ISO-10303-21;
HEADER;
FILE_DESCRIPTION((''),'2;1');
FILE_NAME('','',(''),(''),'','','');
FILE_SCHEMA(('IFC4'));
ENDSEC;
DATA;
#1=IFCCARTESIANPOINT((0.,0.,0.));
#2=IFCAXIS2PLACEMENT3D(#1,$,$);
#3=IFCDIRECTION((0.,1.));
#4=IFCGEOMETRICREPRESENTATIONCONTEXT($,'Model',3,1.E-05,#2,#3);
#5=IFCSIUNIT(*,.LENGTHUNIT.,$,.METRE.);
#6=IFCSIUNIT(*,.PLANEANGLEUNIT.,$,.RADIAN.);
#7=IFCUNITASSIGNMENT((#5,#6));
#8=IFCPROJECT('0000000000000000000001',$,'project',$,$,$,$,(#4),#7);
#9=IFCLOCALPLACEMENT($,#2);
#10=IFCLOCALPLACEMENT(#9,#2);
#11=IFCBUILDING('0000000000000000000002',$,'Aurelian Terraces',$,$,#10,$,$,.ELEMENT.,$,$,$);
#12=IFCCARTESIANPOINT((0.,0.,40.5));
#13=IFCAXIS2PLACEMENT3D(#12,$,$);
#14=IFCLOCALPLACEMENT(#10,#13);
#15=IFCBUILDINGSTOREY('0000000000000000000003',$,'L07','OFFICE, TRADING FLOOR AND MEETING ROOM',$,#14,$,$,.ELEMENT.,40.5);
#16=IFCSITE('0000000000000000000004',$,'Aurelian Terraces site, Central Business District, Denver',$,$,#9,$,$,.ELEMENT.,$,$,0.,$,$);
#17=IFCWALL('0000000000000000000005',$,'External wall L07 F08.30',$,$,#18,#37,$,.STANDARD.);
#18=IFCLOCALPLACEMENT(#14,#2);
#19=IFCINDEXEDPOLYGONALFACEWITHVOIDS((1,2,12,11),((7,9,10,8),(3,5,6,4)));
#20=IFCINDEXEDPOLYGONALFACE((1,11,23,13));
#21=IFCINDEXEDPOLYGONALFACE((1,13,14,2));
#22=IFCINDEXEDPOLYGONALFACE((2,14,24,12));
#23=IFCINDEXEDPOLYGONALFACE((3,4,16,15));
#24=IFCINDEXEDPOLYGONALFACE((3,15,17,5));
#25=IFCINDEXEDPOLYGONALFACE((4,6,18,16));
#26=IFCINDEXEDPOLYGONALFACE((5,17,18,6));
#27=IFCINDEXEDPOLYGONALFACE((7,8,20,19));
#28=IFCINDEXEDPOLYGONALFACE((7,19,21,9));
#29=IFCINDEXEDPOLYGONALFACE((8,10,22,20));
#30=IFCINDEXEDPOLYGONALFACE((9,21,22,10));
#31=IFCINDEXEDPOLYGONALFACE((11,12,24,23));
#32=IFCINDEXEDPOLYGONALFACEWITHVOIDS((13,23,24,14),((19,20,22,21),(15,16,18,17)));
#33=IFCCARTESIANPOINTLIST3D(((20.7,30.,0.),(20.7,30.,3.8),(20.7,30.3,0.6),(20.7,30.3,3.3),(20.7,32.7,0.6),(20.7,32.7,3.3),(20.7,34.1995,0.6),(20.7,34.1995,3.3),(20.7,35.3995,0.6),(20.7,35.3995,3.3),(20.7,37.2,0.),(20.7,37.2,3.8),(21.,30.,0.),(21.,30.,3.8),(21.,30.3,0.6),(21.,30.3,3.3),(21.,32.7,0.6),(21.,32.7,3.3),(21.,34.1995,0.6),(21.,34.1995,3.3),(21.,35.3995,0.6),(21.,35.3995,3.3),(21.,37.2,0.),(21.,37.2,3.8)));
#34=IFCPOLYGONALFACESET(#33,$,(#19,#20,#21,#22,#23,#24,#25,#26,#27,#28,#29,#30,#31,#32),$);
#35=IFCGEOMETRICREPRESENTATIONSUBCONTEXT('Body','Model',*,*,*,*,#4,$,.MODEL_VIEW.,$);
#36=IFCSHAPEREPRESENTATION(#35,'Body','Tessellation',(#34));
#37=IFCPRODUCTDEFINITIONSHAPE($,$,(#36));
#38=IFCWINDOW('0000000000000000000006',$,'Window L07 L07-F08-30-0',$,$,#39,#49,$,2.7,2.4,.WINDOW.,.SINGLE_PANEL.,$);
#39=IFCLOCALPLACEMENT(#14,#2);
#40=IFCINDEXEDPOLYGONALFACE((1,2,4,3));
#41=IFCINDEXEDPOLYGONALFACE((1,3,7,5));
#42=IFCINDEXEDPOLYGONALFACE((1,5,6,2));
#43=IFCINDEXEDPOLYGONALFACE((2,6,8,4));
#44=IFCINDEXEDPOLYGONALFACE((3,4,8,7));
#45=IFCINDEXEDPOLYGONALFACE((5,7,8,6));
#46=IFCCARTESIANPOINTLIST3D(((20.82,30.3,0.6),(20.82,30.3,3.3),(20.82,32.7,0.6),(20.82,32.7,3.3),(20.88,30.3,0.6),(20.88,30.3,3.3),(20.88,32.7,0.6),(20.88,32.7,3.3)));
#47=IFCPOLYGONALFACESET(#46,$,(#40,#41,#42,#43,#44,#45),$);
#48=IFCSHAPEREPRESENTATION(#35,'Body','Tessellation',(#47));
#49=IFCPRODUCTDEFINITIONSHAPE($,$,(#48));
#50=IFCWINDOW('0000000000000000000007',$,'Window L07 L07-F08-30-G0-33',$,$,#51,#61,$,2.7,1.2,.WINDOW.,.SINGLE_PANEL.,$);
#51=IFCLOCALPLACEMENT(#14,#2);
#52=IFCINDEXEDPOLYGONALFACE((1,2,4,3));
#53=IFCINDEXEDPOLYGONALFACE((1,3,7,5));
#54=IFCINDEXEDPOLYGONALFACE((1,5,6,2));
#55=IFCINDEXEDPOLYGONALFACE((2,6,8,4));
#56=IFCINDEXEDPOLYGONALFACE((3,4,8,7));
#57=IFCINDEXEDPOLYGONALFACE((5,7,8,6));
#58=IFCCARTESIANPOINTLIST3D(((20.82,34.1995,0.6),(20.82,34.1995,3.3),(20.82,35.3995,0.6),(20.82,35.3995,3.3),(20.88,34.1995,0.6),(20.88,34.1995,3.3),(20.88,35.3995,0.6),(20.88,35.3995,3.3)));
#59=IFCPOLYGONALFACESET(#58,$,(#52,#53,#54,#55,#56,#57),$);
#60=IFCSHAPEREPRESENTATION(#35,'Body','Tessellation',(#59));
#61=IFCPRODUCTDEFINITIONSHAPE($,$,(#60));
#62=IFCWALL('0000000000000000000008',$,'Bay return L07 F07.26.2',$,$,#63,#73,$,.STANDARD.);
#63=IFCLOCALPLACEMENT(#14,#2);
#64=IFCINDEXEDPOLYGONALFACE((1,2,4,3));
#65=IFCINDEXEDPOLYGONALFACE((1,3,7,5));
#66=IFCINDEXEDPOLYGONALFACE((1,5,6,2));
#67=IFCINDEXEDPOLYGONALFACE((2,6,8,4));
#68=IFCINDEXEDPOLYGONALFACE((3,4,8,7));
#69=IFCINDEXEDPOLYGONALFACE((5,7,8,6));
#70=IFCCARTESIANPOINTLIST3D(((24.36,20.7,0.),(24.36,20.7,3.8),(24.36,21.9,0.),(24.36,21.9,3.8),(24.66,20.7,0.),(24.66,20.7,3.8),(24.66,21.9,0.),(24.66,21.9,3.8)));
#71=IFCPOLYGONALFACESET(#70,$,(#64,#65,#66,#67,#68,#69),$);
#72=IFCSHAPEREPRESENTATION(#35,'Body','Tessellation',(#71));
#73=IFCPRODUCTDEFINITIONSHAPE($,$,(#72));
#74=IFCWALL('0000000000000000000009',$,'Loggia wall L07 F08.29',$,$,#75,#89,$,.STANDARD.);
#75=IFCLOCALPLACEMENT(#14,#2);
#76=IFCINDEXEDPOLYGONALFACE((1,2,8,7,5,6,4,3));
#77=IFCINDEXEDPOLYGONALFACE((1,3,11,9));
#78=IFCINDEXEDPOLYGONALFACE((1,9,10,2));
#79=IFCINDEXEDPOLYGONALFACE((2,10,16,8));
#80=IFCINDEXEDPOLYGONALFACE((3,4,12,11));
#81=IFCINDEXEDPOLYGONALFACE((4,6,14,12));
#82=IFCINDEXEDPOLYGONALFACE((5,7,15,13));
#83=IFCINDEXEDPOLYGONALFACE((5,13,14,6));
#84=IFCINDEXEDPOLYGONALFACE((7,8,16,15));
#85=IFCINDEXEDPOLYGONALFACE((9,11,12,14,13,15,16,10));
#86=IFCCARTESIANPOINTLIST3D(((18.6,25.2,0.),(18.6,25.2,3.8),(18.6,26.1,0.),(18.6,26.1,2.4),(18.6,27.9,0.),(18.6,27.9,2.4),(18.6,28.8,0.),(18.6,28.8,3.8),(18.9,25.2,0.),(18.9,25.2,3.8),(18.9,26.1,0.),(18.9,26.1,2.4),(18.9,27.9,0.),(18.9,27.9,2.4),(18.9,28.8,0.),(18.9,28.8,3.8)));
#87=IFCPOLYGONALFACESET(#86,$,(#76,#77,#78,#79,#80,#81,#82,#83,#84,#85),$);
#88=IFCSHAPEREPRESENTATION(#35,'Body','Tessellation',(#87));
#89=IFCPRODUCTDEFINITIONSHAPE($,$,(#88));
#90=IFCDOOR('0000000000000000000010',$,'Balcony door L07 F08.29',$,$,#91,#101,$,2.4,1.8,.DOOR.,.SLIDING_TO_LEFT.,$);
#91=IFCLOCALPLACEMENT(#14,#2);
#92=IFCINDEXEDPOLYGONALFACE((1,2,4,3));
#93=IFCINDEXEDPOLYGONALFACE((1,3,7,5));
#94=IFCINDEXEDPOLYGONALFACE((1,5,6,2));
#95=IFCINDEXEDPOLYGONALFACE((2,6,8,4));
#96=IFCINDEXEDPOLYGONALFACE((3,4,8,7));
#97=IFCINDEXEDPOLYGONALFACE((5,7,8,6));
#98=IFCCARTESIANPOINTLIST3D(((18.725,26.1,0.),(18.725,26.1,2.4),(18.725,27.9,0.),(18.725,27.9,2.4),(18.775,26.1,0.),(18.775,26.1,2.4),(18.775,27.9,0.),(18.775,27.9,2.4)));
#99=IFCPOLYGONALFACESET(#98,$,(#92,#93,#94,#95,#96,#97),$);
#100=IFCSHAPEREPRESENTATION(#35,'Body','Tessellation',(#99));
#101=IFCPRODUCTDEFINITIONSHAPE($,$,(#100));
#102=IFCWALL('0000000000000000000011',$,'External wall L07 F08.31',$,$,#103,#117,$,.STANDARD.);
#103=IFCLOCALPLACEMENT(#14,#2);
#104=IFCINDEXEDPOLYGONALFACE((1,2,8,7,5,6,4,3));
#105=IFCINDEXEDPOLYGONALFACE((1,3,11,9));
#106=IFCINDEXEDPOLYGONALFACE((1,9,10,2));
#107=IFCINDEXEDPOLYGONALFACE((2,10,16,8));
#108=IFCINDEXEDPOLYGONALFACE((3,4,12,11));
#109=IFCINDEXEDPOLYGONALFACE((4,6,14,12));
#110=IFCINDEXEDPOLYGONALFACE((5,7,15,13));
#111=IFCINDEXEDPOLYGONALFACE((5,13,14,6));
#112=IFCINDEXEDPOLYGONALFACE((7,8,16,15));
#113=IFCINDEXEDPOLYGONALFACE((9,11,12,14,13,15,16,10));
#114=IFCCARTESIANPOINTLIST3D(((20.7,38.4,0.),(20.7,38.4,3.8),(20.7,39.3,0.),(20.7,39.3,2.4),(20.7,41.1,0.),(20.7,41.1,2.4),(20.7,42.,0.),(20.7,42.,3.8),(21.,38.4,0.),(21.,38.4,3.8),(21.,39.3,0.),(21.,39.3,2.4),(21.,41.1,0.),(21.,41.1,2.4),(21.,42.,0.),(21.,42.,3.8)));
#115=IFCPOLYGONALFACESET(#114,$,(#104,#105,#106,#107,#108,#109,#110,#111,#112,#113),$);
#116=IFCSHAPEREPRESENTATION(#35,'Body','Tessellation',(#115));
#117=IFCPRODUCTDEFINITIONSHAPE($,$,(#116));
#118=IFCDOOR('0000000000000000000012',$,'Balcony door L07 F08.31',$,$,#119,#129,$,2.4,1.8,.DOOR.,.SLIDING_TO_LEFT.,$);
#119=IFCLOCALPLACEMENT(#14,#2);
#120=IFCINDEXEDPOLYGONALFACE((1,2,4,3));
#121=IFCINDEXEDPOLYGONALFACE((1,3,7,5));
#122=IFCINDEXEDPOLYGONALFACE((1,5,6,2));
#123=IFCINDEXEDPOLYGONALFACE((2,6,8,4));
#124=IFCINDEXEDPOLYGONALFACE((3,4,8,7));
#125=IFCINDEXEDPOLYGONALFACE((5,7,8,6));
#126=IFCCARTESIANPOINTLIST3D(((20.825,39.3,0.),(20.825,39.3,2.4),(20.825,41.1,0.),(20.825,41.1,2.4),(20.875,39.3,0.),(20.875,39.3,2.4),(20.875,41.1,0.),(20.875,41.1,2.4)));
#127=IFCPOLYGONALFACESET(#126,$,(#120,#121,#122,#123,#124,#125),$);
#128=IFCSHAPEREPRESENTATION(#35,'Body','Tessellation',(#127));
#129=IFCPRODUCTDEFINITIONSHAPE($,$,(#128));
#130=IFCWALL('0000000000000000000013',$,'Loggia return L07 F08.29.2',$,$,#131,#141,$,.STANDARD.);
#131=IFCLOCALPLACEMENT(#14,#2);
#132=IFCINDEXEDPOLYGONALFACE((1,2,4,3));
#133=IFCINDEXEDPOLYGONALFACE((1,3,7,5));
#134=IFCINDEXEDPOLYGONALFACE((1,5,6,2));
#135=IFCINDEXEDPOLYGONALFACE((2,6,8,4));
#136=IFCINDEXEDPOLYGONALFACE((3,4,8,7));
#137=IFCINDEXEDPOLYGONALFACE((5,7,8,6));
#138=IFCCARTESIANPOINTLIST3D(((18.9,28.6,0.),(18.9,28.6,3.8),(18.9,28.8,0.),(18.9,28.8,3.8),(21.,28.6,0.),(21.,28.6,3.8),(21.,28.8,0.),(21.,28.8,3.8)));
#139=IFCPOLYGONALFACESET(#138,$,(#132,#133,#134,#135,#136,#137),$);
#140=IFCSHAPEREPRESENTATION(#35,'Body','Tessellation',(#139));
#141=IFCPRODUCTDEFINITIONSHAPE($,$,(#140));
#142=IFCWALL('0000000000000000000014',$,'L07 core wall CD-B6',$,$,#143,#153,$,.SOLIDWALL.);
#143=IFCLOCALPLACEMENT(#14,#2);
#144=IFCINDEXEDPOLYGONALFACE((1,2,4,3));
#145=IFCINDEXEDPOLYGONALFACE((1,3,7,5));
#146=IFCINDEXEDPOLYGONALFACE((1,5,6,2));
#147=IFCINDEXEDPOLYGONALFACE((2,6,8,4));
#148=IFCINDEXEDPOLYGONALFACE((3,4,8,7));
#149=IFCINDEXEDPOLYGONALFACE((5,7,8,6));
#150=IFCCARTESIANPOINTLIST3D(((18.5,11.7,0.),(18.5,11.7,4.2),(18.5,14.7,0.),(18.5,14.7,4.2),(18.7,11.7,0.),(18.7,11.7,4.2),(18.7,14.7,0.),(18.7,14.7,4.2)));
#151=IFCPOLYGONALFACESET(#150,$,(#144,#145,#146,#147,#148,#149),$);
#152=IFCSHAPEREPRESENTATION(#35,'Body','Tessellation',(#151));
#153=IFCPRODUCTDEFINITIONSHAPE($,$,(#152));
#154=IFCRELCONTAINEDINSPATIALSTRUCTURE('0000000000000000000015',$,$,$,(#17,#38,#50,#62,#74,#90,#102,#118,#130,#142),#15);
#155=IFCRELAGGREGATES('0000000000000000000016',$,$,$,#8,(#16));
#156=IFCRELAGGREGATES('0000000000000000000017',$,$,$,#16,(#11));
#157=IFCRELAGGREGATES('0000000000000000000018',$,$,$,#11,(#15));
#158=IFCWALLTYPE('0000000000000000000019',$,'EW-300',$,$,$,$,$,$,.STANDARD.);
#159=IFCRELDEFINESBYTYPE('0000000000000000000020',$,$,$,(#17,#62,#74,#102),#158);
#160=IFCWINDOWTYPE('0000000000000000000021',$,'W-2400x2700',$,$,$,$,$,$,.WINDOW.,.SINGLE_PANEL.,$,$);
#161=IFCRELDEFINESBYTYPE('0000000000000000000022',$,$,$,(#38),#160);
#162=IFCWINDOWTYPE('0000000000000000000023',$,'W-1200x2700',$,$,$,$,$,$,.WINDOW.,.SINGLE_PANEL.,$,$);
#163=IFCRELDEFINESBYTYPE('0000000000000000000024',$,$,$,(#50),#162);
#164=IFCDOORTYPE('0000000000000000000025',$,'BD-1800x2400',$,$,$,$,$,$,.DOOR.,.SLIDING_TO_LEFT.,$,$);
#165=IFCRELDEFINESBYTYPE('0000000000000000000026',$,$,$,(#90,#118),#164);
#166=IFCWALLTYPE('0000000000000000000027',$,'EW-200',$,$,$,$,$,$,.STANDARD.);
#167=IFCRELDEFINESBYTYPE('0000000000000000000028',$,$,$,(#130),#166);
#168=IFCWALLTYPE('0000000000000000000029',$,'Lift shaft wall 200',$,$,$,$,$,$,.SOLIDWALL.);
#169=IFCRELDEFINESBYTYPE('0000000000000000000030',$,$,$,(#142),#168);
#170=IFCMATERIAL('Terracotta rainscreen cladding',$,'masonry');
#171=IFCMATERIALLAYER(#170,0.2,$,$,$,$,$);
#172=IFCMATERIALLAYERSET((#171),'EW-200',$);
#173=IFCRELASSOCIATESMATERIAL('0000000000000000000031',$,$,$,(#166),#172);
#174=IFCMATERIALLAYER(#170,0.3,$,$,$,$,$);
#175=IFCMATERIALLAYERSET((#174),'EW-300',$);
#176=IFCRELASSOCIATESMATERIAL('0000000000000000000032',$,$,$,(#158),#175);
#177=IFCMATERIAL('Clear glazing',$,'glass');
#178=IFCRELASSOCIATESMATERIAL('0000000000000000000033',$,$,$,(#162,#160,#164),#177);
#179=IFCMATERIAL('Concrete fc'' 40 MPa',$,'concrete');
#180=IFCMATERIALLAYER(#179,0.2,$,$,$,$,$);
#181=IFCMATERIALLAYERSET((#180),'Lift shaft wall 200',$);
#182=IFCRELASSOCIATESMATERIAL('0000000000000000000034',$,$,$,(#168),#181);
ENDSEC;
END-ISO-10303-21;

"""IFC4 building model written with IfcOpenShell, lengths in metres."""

from ifc_helpers import new_model, si_unit, direction, frame, frame_2d, origin, place, context, subcontext, project, spatial, rectangle, extrude, source, transform, mapped, material, layer, layer_set, type_object, element, fill, save


model = new_model("IFC4")

# Units and contexts
model_context = context("Model", 3, precision=1e-05, world=origin(), true_north=direction((0.0, 1.0)))
body_context = subcontext(model_context, "Body", "Model", "MODEL_VIEW")
ifc_project = project(units=[si_unit("LENGTHUNIT", "METRE"), si_unit("PLANEANGLEUNIT", "RADIAN")], contexts=[model_context])

# Site, building, storey
site_placement = place(None, origin())
site = spatial("IfcSite", under=ifc_project, at=site_placement, Name="Aurelian Terraces site, Central Business District, Denver", CompositionType="ELEMENT", RefElevation=0.0)
building_placement = place(site_placement, origin())
building = spatial("IfcBuilding", under=site, at=building_placement, Name="Aurelian Terraces", CompositionType="ELEMENT")
storey_placement = place(building_placement, frame((0.0, 0.0, 40.5)))
storey = spatial("IfcBuildingStorey", under=building, at=storey_placement, Name="L07", Description="OFFICE, TRADING FLOOR AND MEETING ROOM", CompositionType="ELEMENT", Elevation=40.5)

# Shared definitions
ifc_material_1 = material(Name="Terracotta rainscreen cladding", Category="masonry")
ifc_layer_1 = layer(ifc_material_1, 0.2)
ifc_layer_set_1 = layer_set([ifc_layer_1], Name="EW-200")
wall_type_1 = type_object("IfcWallType", Name="EW-200", PredefinedType="STANDARD", material=ifc_layer_set_1)
ifc_layer_2 = layer(ifc_material_1, 0.3)
ifc_layer_set_2 = layer_set([ifc_layer_2], Name="EW-300")
wall_type_2 = type_object("IfcWallType", Name="EW-300", PredefinedType="STANDARD", material=ifc_layer_set_2)

# Shared definitions
shared_shape_1 = source(origin(), body_context, "Body", "SweptSolid", [
    extrude(rectangle(XDim=1.2, YDim=2.7, at=frame_2d((0.6, 1.35))), frame((0.0, 0.16, 0.0), z_axis=(0.0, -1.0, 0.0), x_axis=(1.0, 0.0, 0.0)), (0.0, 0.0, 1.0), 0.32),
])
ifc_material_2 = material(Name="Clear glazing", Category="glass")
window_type_1 = type_object("IfcWindowType", Name="W-1200x2700", PartitioningType="SINGLE_PANEL", PredefinedType="WINDOW", material=ifc_material_2)
shared_shape_2 = source(origin(), body_context, "Body", "SweptSolid", [
    extrude(rectangle(XDim=1.2, YDim=2.7, at=frame_2d((0.6, 1.35))), frame((0.0, 0.03, 0.0), z_axis=(0.0, -1.0, 0.0), x_axis=(1.0, 0.0, 0.0)), (0.0, 0.0, 1.0), 0.06),
])

# Wall, openings, windows
shared_shape_3 = source(origin(), body_context, "Body", "SweptSolid", [
    extrude(rectangle(XDim=7.2, YDim=0.3, at=frame_2d((3.6, 0.0))), origin(), (0.0, 0.0, 1.0), 3.8),
])
wall_1_placement = place(storey_placement, frame((20.85, 30.0, 0.0), z_axis=(0.0, 0.0, 1.0), x_axis=(0.0, 1.0, 0.0)))
wall_1 = element("IfcWall", 1, at=wall_1_placement, inside=storey, type_object=wall_type_2, Name="External wall L07 F08.30", PredefinedType="STANDARD", context=body_context, shape_type="MappedRepresentation", body=[
    mapped(shared_shape_3, transform((0.0, 0.0, 0.0), scale=1.0)),
])
shared_shape_4 = source(origin(), body_context, "Body", "SweptSolid", [
    extrude(rectangle(XDim=2.4, YDim=2.7, at=frame_2d((1.2, 1.35))), frame((0.0, 0.16, 0.0), z_axis=(0.0, -1.0, 0.0), x_axis=(1.0, 0.0, 0.0)), (0.0, 0.0, 1.0), 0.32),
])
opening_1_placement = place(wall_1_placement, frame((0.3, 0.0, 0.6)))
opening_1 = element("IfcOpeningElement", 2, at=opening_1_placement, cuts=wall_1, PredefinedType="OPENING", context=body_context, shape_type="MappedRepresentation", body=[
    mapped(shared_shape_4, transform((0.0, 0.0, 0.0), scale=1.0)),
])
opening_2_placement = place(wall_1_placement, frame((4.1995, 0.0, 0.6)))
opening_2 = element("IfcOpeningElement", 3, at=opening_2_placement, cuts=wall_1, PredefinedType="OPENING", context=body_context, shape_type="MappedRepresentation", body=[
    mapped(shared_shape_1, transform((0.0, 0.0, 0.0), scale=1.0)),
])
window_type_2 = type_object("IfcWindowType", Name="W-2400x2700", PartitioningType="SINGLE_PANEL", PredefinedType="WINDOW", material=ifc_material_2)
shared_shape_5 = source(origin(), body_context, "Body", "SweptSolid", [
    extrude(rectangle(XDim=2.4, YDim=2.7, at=frame_2d((1.2, 1.35))), frame((0.0, 0.03, 0.0), z_axis=(0.0, -1.0, 0.0), x_axis=(1.0, 0.0, 0.0)), (0.0, 0.0, 1.0), 0.06),
])
window_1_placement = place(opening_1_placement, origin())
window_1 = element("IfcWindow", 4, at=window_1_placement, inside=storey, type_object=window_type_2, Name="Window L07 L07-F08-30-0", OverallHeight=2.7, OverallWidth=2.4, PartitioningType="SINGLE_PANEL", PredefinedType="WINDOW", context=body_context, shape_type="MappedRepresentation", body=[
    mapped(shared_shape_5, transform((0.0, 0.0, 0.0), scale=1.0)),
])
fill(opening_1, window_1)
window_2_placement = place(opening_2_placement, origin())
window_2 = element("IfcWindow", 5, at=window_2_placement, inside=storey, type_object=window_type_1, Name="Window L07 L07-F08-30-G0-33", OverallHeight=2.7, OverallWidth=1.2, PartitioningType="SINGLE_PANEL", PredefinedType="WINDOW", context=body_context, shape_type="MappedRepresentation", body=[
    mapped(shared_shape_2, transform((0.0, 0.0, 0.0), scale=1.0)),
])
fill(opening_2, window_2)

# Wall
shared_shape_6 = source(origin(), body_context, "Body", "SweptSolid", [
    extrude(rectangle(XDim=1.2, YDim=0.3, at=frame_2d((0.6, 0.0))), origin(), (0.0, 0.0, 1.0), 3.8),
])
wall_2_placement = place(storey_placement, frame((24.51, 20.7, 0.0), z_axis=(0.0, 0.0, 1.0), x_axis=(0.0, 1.0, 0.0)))
element("IfcWall", 6, at=wall_2_placement, inside=storey, type_object=wall_type_2, Name="Bay return L07 F07.26.2", PredefinedType="STANDARD", context=body_context, shape_type="MappedRepresentation", body=[
    mapped(shared_shape_6, transform((0.0, 0.0, 0.0), scale=1.0)),
])

# Walls, openings, doors
shared_shape_7 = source(origin(), body_context, "Body", "SweptSolid", [
    extrude(rectangle(XDim=3.6, YDim=0.3, at=frame_2d((1.8, 0.0))), origin(), (0.0, 0.0, 1.0), 3.8),
])
wall_3_placement = place(storey_placement, frame((18.75, 25.2, 0.0), z_axis=(0.0, 0.0, 1.0), x_axis=(0.0, 1.0, 0.0)))
wall_3 = element("IfcWall", 7, at=wall_3_placement, inside=storey, type_object=wall_type_2, Name="Loggia wall L07 F08.29", PredefinedType="STANDARD", context=body_context, shape_type="MappedRepresentation", body=[
    mapped(shared_shape_7, transform((0.0, 0.0, 0.0), scale=1.0)),
])
shared_shape_8 = source(origin(), body_context, "Body", "SweptSolid", [
    extrude(rectangle(XDim=1.8, YDim=2.4, at=frame_2d((0.9, 1.2))), frame((0.0, 0.16, 0.0), z_axis=(0.0, -1.0, 0.0), x_axis=(1.0, 0.0, 0.0)), (0.0, 0.0, 1.0), 0.32),
])
opening_3_placement = place(wall_3_placement, frame((0.9, 0.0, 0.0)))
opening_3 = element("IfcOpeningElement", 8, at=opening_3_placement, cuts=wall_3, PredefinedType="OPENING", context=body_context, shape_type="MappedRepresentation", body=[
    mapped(shared_shape_8, transform((0.0, 0.0, 0.0), scale=1.0)),
])
door_type_1 = type_object("IfcDoorType", Name="BD-1800x2400", OperationType="SLIDING_TO_LEFT", PredefinedType="DOOR", material=ifc_material_2)
shared_shape_9 = source(origin(), body_context, "Body", "SweptSolid", [
    extrude(rectangle(XDim=1.8, YDim=2.4, at=frame_2d((0.9, 1.2))), frame((0.0, 0.025, 0.0), z_axis=(0.0, -1.0, 0.0), x_axis=(1.0, 0.0, 0.0)), (0.0, 0.0, 1.0), 0.05),
])
door_1_placement = place(opening_3_placement, origin())
door_1 = element("IfcDoor", 9, at=door_1_placement, inside=storey, type_object=door_type_1, Name="Balcony door L07 F08.29", OperationType="SLIDING_TO_LEFT", OverallHeight=2.4, OverallWidth=1.8, PredefinedType="DOOR", context=body_context, shape_type="MappedRepresentation", body=[
    mapped(shared_shape_9, transform((0.0, 0.0, 0.0), scale=1.0)),
])
fill(opening_3, door_1)
wall_4_placement = place(storey_placement, frame((20.85, 38.4, 0.0), z_axis=(0.0, 0.0, 1.0), x_axis=(0.0, 1.0, 0.0)))
wall_4 = element("IfcWall", 10, at=wall_4_placement, inside=storey, type_object=wall_type_2, Name="External wall L07 F08.31", PredefinedType="STANDARD", context=body_context, shape_type="MappedRepresentation", body=[
    mapped(shared_shape_7, transform((0.0, 0.0, 0.0), scale=1.0)),
])
opening_4_placement = place(wall_4_placement, frame((0.9, 0.0, 0.0)))
opening_4 = element("IfcOpeningElement", 11, at=opening_4_placement, cuts=wall_4, PredefinedType="OPENING", context=body_context, shape_type="MappedRepresentation", body=[
    mapped(shared_shape_8, transform((0.0, 0.0, 0.0), scale=1.0)),
])
door_2_placement = place(opening_4_placement, origin())
door_2 = element("IfcDoor", 12, at=door_2_placement, inside=storey, type_object=door_type_1, Name="Balcony door L07 F08.31", OperationType="SLIDING_TO_LEFT", OverallHeight=2.4, OverallWidth=1.8, PredefinedType="DOOR", context=body_context, shape_type="MappedRepresentation", body=[
    mapped(shared_shape_9, transform((0.0, 0.0, 0.0), scale=1.0)),
])
fill(opening_4, door_2)

# Walls
shared_shape_10 = source(origin(), body_context, "Body", "SweptSolid", [
    extrude(rectangle(XDim=2.1, YDim=0.2, at=frame_2d((1.05, 0.0))), origin(), (0.0, 0.0, 1.0), 3.8),
])
wall_5_placement = place(storey_placement, frame((21.0, 28.7, 0.0), z_axis=(0.0, 0.0, 1.0), x_axis=(-1.0, 0.0, 0.0)))
element("IfcWall", 13, at=wall_5_placement, inside=storey, type_object=wall_type_1, Name="Loggia return L07 F08.29.2", PredefinedType="STANDARD", context=body_context, shape_type="MappedRepresentation", body=[
    mapped(shared_shape_10, transform((0.0, 0.0, 0.0), scale=1.0)),
])
ifc_material_3 = material(Name="Concrete fc' 40 MPa", Category="concrete")
ifc_layer_3 = layer(ifc_material_3, 0.2)
ifc_layer_set_3 = layer_set([ifc_layer_3], Name="Lift shaft wall 200")
wall_type_3 = type_object("IfcWallType", Name="Lift shaft wall 200", PredefinedType="SOLIDWALL", material=ifc_layer_set_3)
shared_shape_11 = source(origin(), body_context, "Body", "SweptSolid", [
    extrude(rectangle(XDim=3.0, YDim=0.2, at=frame_2d((1.5, 0.0))), origin(), (0.0, 0.0, 1.0), 4.2),
])
wall_6_placement = place(storey_placement, frame((18.6, 11.7, 0.0), z_axis=(0.0, 0.0, 1.0), x_axis=(0.0, 1.0, 0.0)))
element("IfcWall", 14, at=wall_6_placement, inside=storey, type_object=wall_type_3, Name="L07 core wall CD-B6", PredefinedType="SOLIDWALL", context=body_context, shape_type="MappedRepresentation", body=[
    mapped(shared_shape_11, transform((0.0, 0.0, 0.0), scale=1.0)),
])

save(model, "model.ifc")
